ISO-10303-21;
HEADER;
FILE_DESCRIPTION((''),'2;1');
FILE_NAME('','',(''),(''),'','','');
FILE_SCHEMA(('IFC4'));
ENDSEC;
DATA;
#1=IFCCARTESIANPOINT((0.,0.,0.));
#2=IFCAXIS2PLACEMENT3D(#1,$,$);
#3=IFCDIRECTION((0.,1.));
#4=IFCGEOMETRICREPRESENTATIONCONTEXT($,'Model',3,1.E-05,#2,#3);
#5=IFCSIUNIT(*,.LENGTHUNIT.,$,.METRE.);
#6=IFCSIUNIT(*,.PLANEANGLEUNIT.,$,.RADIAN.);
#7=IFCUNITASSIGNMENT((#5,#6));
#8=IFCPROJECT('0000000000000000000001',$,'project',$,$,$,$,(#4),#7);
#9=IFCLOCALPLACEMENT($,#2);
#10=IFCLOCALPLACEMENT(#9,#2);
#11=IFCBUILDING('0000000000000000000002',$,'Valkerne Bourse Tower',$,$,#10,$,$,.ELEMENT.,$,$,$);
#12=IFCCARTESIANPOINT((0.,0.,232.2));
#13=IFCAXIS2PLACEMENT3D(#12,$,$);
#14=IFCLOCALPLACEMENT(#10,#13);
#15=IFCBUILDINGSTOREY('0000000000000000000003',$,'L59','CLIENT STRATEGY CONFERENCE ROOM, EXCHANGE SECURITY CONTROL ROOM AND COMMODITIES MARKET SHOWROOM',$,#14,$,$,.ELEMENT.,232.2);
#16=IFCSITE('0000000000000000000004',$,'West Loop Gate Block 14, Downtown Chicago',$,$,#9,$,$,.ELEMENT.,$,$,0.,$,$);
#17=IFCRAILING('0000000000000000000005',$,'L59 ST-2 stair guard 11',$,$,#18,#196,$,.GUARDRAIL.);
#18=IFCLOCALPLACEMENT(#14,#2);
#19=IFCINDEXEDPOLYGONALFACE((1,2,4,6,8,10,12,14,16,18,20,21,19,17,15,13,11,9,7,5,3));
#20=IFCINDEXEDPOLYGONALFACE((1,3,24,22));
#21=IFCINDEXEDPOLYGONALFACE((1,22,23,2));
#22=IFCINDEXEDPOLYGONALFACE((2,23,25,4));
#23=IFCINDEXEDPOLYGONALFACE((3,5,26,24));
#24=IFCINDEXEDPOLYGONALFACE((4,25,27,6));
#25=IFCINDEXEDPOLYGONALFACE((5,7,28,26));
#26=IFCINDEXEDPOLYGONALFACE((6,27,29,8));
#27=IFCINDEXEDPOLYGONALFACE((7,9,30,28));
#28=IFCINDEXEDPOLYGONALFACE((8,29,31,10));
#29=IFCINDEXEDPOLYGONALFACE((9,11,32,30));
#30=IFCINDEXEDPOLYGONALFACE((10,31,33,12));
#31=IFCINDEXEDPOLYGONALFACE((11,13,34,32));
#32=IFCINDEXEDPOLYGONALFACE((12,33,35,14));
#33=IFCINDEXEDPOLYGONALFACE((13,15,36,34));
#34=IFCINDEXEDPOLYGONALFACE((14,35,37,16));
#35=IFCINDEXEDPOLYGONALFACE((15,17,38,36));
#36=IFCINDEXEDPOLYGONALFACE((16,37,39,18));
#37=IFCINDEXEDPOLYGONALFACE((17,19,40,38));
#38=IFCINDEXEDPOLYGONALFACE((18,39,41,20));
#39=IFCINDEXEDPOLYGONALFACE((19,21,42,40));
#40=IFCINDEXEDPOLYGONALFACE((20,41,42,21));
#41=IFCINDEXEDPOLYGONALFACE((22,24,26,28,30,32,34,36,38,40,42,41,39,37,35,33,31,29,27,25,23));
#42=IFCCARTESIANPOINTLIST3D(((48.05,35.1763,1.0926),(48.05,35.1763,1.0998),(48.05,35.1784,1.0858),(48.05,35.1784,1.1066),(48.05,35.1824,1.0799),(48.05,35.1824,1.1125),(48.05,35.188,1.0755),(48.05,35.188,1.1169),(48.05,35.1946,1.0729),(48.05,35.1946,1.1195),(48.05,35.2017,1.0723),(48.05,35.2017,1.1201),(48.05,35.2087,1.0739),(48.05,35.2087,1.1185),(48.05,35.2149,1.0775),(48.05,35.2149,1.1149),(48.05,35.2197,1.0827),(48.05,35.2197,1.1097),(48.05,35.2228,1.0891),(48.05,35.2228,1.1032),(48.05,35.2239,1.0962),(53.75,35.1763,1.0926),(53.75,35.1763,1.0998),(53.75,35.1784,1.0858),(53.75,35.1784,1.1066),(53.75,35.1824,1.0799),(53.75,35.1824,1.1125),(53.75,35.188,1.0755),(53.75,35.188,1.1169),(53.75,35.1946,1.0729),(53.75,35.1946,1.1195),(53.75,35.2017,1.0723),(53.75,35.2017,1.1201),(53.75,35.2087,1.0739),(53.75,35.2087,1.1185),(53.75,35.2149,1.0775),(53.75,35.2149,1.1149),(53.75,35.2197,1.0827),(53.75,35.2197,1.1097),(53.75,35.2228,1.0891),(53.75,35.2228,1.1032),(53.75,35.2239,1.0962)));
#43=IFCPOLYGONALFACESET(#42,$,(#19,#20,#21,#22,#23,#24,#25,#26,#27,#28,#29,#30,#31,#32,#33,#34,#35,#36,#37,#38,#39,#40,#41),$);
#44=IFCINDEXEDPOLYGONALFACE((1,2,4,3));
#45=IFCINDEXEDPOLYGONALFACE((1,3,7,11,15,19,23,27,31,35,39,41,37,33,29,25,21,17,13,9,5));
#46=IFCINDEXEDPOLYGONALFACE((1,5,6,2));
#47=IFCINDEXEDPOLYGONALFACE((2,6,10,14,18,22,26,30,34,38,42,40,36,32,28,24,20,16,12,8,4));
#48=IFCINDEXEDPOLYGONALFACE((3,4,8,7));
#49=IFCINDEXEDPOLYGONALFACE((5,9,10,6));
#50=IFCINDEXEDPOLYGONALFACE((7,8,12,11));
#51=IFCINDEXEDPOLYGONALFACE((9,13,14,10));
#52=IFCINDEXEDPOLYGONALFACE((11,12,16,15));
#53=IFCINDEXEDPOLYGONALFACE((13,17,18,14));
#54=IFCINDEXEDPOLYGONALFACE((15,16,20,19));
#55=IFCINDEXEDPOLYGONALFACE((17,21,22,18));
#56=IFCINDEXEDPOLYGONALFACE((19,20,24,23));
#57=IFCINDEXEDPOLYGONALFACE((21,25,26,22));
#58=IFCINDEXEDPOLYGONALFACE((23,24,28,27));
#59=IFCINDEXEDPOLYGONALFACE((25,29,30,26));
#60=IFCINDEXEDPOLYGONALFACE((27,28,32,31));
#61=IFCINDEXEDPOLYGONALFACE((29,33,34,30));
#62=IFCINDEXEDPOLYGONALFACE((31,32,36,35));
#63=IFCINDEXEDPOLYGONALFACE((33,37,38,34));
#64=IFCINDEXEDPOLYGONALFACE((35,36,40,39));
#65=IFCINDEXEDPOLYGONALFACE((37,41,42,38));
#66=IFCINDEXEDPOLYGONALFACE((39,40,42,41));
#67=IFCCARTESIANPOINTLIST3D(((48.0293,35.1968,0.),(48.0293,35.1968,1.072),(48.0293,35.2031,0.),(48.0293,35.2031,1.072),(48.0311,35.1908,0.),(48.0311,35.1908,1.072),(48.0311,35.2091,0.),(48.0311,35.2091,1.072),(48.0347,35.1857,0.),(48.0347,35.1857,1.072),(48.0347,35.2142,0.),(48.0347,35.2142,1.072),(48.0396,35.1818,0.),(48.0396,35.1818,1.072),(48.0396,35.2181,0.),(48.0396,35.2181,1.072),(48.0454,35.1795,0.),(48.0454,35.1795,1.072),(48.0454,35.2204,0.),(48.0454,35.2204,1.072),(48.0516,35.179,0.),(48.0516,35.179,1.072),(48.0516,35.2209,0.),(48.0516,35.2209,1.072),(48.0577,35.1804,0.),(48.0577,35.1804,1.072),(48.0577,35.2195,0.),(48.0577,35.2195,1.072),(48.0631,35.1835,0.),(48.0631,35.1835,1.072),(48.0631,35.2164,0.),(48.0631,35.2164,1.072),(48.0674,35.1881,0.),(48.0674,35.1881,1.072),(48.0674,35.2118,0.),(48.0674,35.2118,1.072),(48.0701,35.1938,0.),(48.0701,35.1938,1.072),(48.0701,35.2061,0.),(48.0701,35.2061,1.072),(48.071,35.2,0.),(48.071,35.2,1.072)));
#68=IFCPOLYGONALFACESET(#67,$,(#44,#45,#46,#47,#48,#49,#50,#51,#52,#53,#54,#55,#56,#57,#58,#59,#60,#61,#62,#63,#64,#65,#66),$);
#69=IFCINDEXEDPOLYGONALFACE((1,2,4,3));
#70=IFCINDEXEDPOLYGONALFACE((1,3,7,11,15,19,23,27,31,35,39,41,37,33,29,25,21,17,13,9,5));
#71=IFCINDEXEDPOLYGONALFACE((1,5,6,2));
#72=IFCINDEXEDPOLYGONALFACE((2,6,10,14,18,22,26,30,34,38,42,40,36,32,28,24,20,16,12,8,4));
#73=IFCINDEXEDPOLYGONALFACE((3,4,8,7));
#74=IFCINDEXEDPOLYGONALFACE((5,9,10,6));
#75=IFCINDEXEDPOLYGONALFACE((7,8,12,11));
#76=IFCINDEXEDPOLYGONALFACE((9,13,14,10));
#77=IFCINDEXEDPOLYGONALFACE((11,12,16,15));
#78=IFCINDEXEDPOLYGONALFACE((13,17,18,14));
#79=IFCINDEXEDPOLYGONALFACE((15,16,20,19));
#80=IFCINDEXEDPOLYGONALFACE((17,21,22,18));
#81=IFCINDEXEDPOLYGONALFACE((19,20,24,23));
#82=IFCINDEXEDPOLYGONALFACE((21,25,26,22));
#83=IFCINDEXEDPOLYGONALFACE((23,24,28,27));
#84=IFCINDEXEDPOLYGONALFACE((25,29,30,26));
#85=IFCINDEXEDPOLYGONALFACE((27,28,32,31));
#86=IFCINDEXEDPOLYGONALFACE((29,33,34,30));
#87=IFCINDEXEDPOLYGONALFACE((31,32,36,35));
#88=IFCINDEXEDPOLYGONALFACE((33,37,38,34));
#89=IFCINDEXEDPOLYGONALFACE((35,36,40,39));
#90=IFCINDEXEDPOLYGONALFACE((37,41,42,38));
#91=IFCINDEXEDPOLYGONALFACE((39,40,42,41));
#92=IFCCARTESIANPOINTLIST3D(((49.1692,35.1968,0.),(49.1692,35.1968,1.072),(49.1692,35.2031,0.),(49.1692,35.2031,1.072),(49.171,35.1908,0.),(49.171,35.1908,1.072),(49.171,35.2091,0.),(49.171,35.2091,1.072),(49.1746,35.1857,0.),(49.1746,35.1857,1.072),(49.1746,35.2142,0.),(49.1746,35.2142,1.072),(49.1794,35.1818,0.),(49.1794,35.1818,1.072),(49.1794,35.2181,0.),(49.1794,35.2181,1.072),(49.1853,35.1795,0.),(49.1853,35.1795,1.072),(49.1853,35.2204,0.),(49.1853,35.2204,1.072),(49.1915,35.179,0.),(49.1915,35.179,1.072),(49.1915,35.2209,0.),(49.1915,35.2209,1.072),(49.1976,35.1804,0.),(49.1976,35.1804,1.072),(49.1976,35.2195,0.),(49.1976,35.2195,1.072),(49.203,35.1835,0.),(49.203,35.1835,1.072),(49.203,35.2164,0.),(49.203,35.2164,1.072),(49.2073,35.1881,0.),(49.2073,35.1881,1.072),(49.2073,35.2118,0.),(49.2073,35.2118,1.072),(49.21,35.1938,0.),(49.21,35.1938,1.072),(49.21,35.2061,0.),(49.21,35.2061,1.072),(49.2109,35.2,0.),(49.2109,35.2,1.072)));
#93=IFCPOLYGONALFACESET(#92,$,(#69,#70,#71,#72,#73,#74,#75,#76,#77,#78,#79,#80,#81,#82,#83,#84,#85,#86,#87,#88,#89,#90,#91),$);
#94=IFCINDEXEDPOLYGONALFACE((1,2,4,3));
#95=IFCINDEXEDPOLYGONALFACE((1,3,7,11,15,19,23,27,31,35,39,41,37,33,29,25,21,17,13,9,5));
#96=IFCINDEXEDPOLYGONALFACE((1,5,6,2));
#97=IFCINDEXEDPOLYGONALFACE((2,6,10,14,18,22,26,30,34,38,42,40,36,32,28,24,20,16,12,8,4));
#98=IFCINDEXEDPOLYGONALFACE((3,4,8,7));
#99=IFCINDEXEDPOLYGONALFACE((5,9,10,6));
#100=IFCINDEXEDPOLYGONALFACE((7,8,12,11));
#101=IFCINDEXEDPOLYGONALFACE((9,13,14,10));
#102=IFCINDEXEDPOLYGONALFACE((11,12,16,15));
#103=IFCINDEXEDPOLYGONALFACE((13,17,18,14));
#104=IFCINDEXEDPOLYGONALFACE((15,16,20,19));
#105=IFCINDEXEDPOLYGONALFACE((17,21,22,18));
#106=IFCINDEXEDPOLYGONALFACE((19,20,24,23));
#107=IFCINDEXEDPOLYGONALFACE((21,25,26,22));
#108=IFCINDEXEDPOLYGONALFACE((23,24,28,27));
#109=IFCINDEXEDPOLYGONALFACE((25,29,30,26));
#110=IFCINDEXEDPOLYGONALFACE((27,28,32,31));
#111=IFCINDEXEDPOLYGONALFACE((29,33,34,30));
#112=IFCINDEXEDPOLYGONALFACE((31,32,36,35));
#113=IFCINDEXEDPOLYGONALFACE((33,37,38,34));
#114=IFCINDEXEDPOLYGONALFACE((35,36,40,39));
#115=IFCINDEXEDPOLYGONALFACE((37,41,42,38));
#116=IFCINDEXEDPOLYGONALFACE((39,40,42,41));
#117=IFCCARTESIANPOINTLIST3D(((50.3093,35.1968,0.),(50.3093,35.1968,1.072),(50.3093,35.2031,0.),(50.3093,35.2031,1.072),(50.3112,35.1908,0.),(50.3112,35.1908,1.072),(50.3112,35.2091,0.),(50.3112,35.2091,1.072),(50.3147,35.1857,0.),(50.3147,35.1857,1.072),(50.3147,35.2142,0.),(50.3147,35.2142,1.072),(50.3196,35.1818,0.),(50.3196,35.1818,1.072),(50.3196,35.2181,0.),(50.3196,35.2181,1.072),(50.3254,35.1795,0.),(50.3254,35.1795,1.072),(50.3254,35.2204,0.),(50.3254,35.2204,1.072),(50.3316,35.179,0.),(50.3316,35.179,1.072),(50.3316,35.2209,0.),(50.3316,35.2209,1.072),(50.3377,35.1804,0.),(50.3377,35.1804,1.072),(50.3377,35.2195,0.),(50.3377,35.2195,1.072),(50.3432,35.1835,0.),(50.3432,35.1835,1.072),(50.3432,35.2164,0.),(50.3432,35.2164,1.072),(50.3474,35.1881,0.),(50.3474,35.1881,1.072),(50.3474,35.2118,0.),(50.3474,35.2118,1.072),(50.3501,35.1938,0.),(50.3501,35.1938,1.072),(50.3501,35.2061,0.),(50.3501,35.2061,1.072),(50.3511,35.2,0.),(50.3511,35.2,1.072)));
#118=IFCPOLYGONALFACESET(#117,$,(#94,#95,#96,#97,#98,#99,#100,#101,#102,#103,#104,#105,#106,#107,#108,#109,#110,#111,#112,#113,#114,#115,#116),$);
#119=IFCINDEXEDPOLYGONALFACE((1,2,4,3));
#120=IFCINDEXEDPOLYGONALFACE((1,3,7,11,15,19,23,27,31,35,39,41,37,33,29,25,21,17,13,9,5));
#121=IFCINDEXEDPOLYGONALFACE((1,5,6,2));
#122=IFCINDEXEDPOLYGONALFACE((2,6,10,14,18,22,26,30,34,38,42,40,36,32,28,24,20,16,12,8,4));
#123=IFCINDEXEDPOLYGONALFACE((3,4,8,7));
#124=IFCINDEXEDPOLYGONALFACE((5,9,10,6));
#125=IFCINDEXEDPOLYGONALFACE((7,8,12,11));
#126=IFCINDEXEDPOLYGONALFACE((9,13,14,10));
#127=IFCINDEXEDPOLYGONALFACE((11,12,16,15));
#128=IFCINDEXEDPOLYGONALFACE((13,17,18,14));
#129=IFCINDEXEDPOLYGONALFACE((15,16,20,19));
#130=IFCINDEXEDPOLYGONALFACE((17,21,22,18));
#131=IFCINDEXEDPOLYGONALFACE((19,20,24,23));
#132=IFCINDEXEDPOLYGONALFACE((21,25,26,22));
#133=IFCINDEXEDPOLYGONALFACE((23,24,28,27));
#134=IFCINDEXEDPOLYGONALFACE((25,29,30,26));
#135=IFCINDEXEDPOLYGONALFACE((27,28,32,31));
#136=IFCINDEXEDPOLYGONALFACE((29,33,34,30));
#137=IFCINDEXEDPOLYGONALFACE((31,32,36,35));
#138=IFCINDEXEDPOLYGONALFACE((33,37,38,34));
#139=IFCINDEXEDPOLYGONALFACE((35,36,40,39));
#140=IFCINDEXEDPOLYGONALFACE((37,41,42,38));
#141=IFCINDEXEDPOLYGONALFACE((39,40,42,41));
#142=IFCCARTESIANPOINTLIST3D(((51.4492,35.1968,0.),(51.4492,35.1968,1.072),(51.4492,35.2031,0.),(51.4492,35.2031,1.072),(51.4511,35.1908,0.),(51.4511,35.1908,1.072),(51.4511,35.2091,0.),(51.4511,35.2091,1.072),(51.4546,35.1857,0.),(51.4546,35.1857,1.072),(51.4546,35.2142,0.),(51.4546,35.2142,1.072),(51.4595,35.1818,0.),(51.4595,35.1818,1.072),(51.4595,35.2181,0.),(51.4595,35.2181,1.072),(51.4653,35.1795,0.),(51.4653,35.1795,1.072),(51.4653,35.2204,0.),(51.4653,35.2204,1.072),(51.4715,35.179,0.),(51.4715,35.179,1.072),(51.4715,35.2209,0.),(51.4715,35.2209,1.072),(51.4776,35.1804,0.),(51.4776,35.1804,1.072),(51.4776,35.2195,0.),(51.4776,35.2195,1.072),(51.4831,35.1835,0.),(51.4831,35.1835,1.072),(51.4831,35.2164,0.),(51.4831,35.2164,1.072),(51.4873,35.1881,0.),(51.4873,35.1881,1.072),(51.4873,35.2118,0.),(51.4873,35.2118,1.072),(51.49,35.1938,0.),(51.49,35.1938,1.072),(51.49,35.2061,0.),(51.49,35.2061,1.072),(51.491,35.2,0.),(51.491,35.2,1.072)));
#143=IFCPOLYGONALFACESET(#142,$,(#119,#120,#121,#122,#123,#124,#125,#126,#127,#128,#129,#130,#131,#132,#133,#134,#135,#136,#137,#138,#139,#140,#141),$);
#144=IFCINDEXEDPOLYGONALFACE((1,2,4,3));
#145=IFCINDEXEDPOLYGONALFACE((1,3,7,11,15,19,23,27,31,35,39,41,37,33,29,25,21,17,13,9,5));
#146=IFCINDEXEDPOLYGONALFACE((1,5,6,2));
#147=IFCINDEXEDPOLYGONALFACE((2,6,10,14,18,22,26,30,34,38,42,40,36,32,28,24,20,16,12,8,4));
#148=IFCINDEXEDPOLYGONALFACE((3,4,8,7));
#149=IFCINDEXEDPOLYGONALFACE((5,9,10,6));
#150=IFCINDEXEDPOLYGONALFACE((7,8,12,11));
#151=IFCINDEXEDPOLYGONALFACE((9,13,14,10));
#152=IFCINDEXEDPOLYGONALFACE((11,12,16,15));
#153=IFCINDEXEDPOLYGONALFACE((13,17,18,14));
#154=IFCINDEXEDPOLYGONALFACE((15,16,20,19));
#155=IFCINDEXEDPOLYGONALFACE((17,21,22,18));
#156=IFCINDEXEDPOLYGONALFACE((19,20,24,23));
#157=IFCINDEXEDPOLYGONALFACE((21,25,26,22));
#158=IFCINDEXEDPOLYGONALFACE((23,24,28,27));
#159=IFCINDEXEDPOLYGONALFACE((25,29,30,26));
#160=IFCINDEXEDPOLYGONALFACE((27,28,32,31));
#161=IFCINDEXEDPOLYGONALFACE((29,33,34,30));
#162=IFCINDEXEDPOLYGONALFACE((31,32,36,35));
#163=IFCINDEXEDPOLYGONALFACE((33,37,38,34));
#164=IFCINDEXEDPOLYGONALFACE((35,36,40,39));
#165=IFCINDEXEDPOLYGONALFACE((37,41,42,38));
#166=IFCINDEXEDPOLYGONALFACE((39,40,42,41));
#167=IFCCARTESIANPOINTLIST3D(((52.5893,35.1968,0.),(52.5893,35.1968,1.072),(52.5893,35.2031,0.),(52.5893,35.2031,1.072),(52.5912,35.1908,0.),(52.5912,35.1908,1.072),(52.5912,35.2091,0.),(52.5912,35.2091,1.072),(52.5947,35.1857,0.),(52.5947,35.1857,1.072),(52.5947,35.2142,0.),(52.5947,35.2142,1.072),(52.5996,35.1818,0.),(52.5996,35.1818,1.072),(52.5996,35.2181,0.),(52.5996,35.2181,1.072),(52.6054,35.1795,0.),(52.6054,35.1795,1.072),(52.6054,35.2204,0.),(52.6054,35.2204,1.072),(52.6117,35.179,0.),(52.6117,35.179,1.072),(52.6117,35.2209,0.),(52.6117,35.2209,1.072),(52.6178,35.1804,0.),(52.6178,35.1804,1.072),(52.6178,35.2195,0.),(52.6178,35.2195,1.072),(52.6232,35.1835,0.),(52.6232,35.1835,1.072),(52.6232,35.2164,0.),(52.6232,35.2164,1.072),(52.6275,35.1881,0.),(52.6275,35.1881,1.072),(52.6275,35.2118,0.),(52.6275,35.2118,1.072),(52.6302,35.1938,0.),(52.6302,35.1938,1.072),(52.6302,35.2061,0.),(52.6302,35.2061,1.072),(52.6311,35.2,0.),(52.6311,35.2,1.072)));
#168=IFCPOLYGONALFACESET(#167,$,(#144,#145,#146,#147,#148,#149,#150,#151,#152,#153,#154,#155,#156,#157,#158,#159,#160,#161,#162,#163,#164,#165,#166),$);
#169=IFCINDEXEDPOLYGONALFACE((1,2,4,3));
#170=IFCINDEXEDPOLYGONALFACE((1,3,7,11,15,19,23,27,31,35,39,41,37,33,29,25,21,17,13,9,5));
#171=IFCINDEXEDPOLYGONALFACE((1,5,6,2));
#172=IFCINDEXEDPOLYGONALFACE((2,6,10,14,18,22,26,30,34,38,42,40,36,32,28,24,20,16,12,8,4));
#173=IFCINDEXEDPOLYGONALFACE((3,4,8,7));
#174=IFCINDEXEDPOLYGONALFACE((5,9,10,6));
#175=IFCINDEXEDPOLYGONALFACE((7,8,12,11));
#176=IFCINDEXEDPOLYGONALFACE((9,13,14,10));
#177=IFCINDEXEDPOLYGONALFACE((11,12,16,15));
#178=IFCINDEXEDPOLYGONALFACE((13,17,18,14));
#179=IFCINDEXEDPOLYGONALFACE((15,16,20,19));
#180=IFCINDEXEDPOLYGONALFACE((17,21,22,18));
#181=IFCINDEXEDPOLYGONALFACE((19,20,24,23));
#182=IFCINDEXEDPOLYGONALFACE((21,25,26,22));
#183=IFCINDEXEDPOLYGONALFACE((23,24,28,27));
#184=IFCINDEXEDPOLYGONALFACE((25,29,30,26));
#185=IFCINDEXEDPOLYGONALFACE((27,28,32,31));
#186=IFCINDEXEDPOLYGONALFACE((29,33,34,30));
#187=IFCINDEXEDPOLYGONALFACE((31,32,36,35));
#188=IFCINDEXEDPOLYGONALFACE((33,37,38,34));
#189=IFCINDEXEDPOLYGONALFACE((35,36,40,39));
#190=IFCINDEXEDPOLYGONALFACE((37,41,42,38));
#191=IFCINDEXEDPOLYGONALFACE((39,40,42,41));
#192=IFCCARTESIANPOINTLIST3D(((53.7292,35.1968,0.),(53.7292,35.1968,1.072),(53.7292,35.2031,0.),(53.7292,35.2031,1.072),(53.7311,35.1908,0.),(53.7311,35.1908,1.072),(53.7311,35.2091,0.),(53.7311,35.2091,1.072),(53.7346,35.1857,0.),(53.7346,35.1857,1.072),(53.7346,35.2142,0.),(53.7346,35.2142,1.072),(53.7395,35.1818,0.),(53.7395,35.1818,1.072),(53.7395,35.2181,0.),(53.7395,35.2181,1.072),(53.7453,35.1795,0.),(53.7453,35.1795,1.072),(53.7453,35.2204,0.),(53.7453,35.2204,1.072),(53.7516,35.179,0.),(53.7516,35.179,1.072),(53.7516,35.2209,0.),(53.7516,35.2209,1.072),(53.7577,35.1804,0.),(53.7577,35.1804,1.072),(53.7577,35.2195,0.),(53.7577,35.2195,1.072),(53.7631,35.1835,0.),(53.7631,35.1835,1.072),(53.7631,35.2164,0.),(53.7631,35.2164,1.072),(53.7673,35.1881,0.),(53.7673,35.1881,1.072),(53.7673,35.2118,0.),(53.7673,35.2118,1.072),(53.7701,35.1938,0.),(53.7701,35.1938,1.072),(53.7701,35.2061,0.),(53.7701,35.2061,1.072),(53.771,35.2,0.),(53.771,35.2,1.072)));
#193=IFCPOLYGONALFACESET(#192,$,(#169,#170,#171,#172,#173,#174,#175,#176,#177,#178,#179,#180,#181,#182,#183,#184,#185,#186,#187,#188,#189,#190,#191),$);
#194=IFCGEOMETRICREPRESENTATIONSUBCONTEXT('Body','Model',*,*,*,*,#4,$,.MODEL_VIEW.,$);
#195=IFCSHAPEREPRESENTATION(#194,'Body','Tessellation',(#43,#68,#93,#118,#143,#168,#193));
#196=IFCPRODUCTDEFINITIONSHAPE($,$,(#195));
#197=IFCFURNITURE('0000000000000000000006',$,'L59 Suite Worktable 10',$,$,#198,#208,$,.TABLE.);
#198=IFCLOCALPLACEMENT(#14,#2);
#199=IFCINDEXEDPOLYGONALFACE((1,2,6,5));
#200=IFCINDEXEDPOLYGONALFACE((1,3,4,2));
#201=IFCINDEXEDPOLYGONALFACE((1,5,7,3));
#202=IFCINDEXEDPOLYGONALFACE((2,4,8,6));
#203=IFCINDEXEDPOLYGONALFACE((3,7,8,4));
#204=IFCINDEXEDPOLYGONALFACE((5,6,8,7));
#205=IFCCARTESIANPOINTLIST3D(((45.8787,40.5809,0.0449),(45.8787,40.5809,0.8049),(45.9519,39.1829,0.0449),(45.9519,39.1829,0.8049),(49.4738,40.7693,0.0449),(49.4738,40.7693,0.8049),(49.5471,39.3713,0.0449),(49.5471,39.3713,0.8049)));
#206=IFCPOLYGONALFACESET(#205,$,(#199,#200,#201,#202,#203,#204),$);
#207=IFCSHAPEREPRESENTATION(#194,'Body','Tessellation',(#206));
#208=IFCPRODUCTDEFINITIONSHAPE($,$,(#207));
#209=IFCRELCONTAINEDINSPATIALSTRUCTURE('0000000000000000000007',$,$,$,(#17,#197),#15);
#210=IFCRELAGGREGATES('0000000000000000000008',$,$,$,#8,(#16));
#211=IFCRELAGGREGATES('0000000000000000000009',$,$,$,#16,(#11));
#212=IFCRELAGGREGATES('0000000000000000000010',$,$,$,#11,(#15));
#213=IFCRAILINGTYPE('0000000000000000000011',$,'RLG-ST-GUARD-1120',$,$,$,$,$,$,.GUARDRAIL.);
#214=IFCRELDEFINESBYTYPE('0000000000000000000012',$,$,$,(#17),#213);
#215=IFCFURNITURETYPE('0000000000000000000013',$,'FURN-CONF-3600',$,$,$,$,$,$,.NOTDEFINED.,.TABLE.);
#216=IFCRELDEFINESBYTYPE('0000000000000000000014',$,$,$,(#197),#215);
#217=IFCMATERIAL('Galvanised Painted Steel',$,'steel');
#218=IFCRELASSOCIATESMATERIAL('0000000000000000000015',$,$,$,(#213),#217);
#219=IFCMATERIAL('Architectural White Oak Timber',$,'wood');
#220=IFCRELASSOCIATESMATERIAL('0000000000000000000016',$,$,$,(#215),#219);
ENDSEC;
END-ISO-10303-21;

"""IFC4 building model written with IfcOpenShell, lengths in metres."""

from ifc_helpers import new_model, si_unit, direction, frame, origin, origin_2d, place, context, subcontext, project, spatial, rectangle, circle, extrude, material, type_object, element, save


model = new_model("IFC4")

# Units and contexts
model_context = context("Model", 3, precision=1e-05, world=origin(), true_north=direction((0.0, 1.0)))
body_context = subcontext(model_context, "Body", "Model", "MODEL_VIEW")
ifc_project = project(units=[si_unit("LENGTHUNIT", "METRE"), si_unit("PLANEANGLEUNIT", "RADIAN")], contexts=[model_context])

# Site, building, storey
site_placement = place(None, origin())
site = spatial("IfcSite", under=ifc_project, at=site_placement, Name="West Loop Gate Block 14, Downtown Chicago", CompositionType="ELEMENT", RefElevation=0.0)
building_placement = place(site_placement, origin())
building = spatial("IfcBuilding", under=site, at=building_placement, Name="Valkerne Bourse Tower", CompositionType="ELEMENT")
storey_placement = place(building_placement, frame((0.0, 0.0, 232.2)))
storey = spatial("IfcBuildingStorey", under=building, at=storey_placement, Name="L59", Description="CLIENT STRATEGY CONFERENCE ROOM, EXCHANGE SECURITY CONTROL ROOM AND COMMODITIES MARKET SHOWROOM", CompositionType="ELEMENT", Elevation=232.2)

# Railing
ifc_material_1 = material(Name="Galvanised Painted Steel", Category="steel")
railing_type = type_object("IfcRailingType", Name="RLG-ST-GUARD-1120", PredefinedType="GUARDRAIL", material=ifc_material_1)
railing_placement = place(storey_placement, frame((48.05, 35.2, 0.0)))
element("IfcRailing", 1, at=railing_placement, inside=storey, type_object=railing_type, Name="L59 ST-2 stair guard 11", PredefinedType="GUARDRAIL", context=body_context, shape_type="SweptSolid", body=[
    extrude(circle(Radius=0.0239, at=origin_2d()), frame((0.0, 0.0, 1.0962), z_axis=(1.0, 0.0, 0.0), x_axis=(0.0, 1.0, 0.0)), (0.0, 0.0, 1.0), 5.7),
    extrude(circle(Radius=0.021, at=origin_2d()), origin(), (0.0, 0.0, 1.0), 1.072),
    extrude(circle(Radius=0.021, at=origin_2d()), frame((1.1399, 0.0, 0.0)), (0.0, 0.0, 1.0), 1.072),
    extrude(circle(Radius=0.021, at=origin_2d()), frame((2.28, 0.0, 0.0)), (0.0, 0.0, 1.0), 1.072),
    extrude(circle(Radius=0.021, at=origin_2d()), frame((3.4199, 0.0, 0.0)), (0.0, 0.0, 1.0), 1.072),
    extrude(circle(Radius=0.021, at=origin_2d()), frame((4.5601, 0.0, 0.0)), (0.0, 0.0, 1.0), 1.072),
    extrude(circle(Radius=0.021, at=origin_2d()), frame((5.7, 0.0, 0.0)), (0.0, 0.0, 1.0), 1.072),
])

# Furniture
ifc_material_2 = material(Name="Architectural White Oak Timber", Category="wood")
furniture_type_1 = type_object("IfcFurnitureType", Name="FURN-CONF-3600", AssemblyPlace="NOTDEFINED", PredefinedType="TABLE", material=ifc_material_2)
furniture_1_placement = place(storey_placement, frame((47.7129, 39.9761, 0.0449), z_axis=(0.0, 0.0, 1.0), x_axis=(0.99863, 0.052336, 0.0)))
element("IfcFurniture", 2, at=furniture_1_placement, inside=storey, type_object=furniture_type_1, Name="L59 Suite Worktable 10", PredefinedType="TABLE", context=body_context, shape_type="SweptSolid", body=[
    extrude(rectangle(XDim=3.6001, YDim=1.3999, at=origin_2d()), origin(), (0.0, 0.0, 1.0), 0.76),
])

save(model, "model.ifc")
